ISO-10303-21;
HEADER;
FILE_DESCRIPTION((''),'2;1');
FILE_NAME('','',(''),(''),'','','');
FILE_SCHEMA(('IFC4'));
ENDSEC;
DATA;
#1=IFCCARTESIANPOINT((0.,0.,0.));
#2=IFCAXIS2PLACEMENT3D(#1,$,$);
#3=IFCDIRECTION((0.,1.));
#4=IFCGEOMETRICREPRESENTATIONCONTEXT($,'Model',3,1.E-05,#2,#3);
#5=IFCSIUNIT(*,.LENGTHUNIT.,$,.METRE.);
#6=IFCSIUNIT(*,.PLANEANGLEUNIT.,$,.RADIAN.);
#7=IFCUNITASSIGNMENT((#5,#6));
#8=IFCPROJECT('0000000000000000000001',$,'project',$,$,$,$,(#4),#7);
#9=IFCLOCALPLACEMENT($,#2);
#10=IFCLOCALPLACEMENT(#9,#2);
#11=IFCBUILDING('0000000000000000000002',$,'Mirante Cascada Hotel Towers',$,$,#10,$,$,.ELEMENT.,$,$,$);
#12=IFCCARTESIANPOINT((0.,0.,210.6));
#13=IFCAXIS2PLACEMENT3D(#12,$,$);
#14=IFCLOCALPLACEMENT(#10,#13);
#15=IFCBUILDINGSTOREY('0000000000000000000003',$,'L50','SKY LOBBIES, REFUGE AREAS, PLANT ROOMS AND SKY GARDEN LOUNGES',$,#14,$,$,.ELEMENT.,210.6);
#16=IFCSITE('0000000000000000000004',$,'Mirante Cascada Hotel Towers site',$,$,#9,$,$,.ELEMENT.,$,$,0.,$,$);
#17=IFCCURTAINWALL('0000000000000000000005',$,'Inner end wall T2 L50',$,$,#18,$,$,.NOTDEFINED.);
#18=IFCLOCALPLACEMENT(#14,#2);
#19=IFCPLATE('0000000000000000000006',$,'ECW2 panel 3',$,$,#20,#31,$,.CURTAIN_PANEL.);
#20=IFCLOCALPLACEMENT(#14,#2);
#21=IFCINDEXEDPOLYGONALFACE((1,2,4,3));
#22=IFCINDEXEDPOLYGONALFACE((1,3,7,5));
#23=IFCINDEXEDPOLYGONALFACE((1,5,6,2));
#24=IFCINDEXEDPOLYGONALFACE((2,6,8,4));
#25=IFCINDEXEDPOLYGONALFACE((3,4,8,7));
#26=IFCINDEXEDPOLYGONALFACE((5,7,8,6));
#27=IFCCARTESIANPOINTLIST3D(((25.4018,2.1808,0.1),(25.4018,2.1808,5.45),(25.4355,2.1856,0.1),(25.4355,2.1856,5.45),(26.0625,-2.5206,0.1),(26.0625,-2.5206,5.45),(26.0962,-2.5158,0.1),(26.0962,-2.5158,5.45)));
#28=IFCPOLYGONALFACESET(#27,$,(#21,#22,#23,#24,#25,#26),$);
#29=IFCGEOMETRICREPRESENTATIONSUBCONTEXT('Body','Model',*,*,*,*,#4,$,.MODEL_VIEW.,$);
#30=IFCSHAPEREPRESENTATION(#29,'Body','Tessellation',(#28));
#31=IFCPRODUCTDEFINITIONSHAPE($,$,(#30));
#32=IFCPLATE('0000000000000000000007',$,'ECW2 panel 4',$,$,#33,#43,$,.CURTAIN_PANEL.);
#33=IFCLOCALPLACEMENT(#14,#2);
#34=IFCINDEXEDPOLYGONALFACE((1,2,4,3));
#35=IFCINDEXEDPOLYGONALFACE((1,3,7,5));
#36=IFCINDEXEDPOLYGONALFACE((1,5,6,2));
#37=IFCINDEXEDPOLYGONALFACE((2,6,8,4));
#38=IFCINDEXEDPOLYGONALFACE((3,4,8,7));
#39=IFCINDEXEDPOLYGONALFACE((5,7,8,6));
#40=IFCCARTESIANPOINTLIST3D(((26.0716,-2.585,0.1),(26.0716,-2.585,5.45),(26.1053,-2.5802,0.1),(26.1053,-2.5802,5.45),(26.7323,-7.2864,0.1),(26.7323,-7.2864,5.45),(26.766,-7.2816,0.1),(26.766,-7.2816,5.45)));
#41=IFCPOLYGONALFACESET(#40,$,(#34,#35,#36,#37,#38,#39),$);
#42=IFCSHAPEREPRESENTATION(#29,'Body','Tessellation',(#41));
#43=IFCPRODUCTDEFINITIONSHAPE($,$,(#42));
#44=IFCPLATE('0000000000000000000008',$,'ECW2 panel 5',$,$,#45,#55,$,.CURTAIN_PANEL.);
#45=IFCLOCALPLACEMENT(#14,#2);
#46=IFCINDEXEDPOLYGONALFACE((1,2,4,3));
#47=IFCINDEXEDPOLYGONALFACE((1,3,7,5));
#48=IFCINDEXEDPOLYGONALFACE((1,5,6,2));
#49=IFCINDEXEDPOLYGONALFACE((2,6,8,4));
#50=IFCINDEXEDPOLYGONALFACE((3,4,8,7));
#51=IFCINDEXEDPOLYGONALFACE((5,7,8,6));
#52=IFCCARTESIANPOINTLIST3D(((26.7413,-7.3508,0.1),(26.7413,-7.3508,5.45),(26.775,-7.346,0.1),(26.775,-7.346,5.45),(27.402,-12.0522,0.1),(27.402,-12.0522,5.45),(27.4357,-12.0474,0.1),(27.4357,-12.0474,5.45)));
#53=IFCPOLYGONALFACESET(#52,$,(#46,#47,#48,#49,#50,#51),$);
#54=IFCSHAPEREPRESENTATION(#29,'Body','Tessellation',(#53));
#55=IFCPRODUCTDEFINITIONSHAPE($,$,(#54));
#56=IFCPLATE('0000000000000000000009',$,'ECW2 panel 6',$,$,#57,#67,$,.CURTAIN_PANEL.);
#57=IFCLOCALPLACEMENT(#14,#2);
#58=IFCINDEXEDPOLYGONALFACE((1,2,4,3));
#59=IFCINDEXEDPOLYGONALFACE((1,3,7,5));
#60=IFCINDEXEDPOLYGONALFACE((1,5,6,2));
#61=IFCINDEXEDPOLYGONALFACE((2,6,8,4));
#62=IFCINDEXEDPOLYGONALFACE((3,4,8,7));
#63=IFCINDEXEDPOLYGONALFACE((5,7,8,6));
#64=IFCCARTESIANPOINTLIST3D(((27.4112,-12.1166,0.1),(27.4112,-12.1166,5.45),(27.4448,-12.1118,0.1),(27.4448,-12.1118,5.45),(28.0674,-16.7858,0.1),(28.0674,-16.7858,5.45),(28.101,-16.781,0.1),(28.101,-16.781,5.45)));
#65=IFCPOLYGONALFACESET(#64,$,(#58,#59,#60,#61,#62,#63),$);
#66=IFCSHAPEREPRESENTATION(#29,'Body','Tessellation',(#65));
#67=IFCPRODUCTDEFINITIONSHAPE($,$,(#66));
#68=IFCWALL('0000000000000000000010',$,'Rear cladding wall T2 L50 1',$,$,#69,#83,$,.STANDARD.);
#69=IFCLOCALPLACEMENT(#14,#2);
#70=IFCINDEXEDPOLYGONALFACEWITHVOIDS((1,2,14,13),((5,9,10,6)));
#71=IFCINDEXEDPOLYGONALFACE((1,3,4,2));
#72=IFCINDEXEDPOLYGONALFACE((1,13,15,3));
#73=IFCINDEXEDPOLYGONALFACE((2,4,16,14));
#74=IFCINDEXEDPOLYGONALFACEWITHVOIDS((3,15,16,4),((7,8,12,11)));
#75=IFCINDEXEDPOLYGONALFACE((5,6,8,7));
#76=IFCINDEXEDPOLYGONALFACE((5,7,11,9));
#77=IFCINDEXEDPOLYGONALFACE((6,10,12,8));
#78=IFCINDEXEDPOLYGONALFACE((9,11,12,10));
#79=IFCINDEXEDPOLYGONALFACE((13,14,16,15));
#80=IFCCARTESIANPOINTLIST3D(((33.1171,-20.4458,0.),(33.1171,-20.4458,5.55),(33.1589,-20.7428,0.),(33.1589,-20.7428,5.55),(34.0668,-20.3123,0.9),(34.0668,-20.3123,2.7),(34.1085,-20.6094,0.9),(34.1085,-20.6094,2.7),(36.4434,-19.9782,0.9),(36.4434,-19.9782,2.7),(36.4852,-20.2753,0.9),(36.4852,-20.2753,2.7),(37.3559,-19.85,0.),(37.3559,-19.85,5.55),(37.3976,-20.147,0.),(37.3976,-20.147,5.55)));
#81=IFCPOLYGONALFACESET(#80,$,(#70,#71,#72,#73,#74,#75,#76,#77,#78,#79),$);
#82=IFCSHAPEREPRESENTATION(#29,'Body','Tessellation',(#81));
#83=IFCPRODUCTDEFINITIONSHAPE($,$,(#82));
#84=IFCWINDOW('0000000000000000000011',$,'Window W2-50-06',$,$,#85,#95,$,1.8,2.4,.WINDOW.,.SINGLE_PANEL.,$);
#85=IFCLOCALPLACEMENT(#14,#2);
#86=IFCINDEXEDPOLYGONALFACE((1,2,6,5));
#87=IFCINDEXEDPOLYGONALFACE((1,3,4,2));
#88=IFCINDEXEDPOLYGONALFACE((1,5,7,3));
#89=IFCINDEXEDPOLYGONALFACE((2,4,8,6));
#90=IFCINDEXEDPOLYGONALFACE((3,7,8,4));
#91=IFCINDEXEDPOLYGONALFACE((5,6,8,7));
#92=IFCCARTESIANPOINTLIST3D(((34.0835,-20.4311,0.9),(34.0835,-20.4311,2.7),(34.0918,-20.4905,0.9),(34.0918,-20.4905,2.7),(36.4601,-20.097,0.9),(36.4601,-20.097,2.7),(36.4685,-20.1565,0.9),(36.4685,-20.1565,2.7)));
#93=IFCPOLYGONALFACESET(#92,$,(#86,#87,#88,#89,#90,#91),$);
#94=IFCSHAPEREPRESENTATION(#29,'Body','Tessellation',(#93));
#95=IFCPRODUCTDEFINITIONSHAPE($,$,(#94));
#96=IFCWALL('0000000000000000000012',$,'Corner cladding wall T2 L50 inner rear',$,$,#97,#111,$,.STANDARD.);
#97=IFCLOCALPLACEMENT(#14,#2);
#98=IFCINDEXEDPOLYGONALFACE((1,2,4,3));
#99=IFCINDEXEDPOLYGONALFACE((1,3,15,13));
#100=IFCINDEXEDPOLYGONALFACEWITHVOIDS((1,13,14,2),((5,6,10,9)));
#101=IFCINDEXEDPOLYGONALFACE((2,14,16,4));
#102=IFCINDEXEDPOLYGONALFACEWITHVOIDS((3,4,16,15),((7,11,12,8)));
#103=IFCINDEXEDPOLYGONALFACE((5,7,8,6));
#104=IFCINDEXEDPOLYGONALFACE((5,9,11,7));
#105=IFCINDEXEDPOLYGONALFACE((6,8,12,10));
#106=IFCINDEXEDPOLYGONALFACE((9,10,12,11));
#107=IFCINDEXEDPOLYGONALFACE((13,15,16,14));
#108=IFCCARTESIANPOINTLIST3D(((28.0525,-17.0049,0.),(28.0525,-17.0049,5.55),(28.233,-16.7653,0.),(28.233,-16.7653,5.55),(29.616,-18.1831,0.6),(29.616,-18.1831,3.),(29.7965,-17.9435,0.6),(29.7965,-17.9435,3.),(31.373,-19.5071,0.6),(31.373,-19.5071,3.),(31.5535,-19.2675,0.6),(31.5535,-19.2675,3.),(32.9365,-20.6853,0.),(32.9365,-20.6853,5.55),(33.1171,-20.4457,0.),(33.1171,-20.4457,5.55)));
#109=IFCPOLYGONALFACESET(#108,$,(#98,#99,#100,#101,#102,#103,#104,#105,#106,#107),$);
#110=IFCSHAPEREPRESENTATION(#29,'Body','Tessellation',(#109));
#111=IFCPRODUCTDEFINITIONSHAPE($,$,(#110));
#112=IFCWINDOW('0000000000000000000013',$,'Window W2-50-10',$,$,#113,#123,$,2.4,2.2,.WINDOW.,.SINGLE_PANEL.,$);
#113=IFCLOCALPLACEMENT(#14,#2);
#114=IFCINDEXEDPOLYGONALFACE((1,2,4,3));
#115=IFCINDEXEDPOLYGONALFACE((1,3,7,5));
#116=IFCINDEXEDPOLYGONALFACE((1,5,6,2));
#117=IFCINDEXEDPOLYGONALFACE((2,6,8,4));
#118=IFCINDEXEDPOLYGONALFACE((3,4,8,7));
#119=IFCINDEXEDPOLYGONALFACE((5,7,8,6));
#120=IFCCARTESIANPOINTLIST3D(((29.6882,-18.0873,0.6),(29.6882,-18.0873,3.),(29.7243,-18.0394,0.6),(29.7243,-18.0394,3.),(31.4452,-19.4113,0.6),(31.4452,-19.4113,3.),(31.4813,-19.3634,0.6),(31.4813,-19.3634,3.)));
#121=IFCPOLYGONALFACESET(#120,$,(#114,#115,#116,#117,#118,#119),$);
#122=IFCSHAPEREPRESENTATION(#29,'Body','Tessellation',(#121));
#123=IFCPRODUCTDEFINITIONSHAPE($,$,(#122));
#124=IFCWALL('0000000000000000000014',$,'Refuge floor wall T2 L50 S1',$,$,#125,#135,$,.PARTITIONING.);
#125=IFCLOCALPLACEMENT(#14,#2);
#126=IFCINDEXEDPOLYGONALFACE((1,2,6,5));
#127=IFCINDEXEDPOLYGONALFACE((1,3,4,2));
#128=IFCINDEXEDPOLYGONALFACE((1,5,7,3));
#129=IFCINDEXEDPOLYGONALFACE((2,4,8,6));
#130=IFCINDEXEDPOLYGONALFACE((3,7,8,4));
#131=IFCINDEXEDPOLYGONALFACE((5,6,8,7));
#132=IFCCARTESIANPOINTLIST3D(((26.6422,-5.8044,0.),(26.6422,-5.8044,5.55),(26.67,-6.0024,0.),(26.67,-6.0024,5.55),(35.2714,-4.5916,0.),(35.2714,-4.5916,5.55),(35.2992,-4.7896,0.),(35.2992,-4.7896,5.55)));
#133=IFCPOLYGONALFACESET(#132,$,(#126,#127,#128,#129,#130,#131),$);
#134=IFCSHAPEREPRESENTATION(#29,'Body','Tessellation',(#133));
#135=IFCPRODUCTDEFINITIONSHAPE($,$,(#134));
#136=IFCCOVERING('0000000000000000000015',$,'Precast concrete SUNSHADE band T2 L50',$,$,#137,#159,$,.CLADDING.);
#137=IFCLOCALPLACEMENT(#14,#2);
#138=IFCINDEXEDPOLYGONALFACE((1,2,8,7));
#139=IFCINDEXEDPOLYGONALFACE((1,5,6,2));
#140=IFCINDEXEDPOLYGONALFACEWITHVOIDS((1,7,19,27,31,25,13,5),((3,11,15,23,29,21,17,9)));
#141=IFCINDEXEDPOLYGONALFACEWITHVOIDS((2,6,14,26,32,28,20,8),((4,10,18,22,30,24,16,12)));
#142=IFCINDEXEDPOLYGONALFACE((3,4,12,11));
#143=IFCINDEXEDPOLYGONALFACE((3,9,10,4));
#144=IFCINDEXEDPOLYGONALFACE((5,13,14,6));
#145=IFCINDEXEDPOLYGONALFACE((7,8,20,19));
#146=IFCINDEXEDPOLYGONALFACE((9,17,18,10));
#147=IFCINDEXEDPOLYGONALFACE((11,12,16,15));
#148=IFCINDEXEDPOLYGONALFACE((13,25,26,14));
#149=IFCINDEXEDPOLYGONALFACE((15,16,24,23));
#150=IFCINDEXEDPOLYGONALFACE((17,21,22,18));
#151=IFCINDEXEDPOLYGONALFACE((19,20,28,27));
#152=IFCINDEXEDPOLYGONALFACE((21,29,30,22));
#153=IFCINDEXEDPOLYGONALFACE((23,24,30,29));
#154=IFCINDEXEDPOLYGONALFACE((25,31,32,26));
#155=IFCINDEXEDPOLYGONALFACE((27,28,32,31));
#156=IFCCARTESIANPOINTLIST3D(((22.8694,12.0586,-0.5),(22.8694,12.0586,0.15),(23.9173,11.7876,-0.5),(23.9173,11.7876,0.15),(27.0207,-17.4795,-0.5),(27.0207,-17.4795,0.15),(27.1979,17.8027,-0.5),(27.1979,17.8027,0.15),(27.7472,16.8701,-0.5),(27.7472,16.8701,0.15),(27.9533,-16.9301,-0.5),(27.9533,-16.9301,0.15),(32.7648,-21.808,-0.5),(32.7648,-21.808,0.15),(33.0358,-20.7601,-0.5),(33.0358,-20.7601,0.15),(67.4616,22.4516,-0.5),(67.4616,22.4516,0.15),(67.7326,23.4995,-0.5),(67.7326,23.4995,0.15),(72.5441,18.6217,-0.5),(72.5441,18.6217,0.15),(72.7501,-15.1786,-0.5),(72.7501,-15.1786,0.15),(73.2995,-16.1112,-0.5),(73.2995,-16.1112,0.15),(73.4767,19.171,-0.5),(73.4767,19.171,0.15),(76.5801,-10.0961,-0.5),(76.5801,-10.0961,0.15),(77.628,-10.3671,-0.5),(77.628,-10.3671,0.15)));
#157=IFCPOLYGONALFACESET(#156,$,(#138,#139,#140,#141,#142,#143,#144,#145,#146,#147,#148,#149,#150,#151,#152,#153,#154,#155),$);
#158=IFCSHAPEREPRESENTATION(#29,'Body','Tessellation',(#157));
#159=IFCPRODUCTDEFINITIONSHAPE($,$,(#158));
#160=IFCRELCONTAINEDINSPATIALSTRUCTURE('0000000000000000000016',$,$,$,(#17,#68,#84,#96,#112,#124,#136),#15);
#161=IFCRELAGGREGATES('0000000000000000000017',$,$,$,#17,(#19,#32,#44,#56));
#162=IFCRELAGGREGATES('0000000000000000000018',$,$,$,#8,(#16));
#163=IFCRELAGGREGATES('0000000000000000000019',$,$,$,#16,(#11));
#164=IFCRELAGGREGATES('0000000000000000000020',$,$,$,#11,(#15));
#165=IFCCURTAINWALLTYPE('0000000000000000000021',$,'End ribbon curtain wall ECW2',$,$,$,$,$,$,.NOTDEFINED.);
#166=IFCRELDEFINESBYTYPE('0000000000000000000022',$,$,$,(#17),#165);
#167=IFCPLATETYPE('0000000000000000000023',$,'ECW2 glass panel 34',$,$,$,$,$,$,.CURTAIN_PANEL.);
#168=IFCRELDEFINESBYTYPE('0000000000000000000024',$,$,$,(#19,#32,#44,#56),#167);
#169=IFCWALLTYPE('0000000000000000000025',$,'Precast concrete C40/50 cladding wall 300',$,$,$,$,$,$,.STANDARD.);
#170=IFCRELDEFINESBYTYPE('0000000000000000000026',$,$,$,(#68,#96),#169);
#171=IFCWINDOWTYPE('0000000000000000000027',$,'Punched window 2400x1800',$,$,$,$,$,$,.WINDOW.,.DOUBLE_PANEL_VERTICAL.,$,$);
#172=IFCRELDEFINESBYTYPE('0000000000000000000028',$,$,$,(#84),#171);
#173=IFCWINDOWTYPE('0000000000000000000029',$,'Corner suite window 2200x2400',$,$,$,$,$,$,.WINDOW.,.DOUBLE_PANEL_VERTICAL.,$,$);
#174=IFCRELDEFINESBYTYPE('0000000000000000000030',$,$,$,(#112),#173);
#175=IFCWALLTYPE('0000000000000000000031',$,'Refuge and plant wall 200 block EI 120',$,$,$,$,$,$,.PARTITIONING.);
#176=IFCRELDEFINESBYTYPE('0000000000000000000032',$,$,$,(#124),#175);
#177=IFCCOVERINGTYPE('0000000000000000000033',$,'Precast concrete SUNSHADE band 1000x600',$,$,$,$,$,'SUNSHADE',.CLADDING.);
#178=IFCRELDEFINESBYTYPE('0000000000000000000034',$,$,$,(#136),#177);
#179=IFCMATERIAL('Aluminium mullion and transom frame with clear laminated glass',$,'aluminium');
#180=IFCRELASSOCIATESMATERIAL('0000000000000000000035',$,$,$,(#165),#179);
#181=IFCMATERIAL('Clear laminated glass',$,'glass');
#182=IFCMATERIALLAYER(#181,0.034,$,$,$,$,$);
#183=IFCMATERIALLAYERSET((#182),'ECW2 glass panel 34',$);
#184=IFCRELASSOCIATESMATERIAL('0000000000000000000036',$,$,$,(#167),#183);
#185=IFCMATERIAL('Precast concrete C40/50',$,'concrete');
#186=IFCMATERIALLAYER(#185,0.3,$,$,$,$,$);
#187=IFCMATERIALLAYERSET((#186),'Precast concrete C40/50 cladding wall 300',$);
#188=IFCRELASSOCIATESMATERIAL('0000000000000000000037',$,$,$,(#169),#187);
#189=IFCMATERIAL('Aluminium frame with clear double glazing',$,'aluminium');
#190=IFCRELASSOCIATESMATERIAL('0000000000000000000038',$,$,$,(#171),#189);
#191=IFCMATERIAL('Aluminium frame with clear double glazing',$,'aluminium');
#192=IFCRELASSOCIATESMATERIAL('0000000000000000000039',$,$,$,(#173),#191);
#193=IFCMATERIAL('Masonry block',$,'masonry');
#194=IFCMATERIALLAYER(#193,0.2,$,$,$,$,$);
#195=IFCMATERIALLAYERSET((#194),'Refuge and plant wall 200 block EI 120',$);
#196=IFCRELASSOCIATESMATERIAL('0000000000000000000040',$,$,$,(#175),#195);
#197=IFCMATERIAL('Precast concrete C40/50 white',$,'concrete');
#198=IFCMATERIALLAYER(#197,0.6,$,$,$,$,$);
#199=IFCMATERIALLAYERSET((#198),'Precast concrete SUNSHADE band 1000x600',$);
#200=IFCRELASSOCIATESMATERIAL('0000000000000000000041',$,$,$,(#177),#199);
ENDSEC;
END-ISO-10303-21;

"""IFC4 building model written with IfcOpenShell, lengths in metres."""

from ifc_helpers import new_model, si_unit, direction, frame, frame_2d, origin, origin_2d, place, context, subcontext, project, spatial, polyline, rectangle, outline, extrude, material, layer, layer_set, type_object, element, fill, aggregate, save


model = new_model("IFC4")

# Units and contexts
model_context = context("Model", 3, precision=1e-05, world=origin(), true_north=direction((0.0, 1.0)))
body_context = subcontext(model_context, "Body", "Model", "MODEL_VIEW")
ifc_project = project(units=[si_unit("LENGTHUNIT", "METRE"), si_unit("PLANEANGLEUNIT", "RADIAN")], contexts=[model_context])

# Site, building, storey
site_placement = place(None, origin())
site = spatial("IfcSite", under=ifc_project, at=site_placement, Name="Mirante Cascada Hotel Towers site", CompositionType="ELEMENT", RefElevation=0.0)
building_placement = place(site_placement, origin())
building = spatial("IfcBuilding", under=site, at=building_placement, Name="Mirante Cascada Hotel Towers", CompositionType="ELEMENT")
storey_placement = place(building_placement, frame((0.0, 0.0, 210.6)))
storey = spatial("IfcBuildingStorey", under=building, at=storey_placement, Name="L50", Description="SKY LOBBIES, REFUGE AREAS, PLANT ROOMS AND SKY GARDEN LOUNGES", CompositionType="ELEMENT", Elevation=210.6)

# Curtain wall, plates
ifc_material_1 = material(Name="Aluminium mullion and transom frame with clear laminated glass", Category="aluminium")
curtain_wall_type = type_object("IfcCurtainWallType", Name="End ribbon curtain wall ECW2", PredefinedType="NOTDEFINED", material=ifc_material_1)
curtain_wall_placement = place(storey_placement, origin())
curtain_wall = element("IfcCurtainWall", 1, at=curtain_wall_placement, inside=storey, type_object=curtain_wall_type, Name="Inner end wall T2 L50", PredefinedType="NOTDEFINED")
ifc_material_2 = material(Name="Clear laminated glass", Category="glass")
ifc_layer_1 = layer(ifc_material_2, 0.034)
ifc_layer_set_1 = layer_set([ifc_layer_1], Name="ECW2 glass panel 34")
plate_type = type_object("IfcPlateType", Name="ECW2 glass panel 34", PredefinedType="CURTAIN_PANEL", material=ifc_layer_set_1)
plate_1_placement = place(storey_placement, frame((25.749, -0.1675, 0.1), z_axis=(0.0, 0.0, 1.0), x_axis=(0.139173, -0.990268, 0.0)))
plate_1 = element("IfcPlate", 2, at=plate_1_placement, type_object=plate_type, Name="ECW2 panel 3", PredefinedType="CURTAIN_PANEL", context=body_context, shape_type="SweptSolid", body=[
    extrude(rectangle(XDim=4.7476, YDim=0.034, at=origin_2d()), origin(), (0.0, 0.0, 1.0), 5.35),
])
plate_2_placement = place(storey_placement, frame((26.4188, -4.9333, 0.1), z_axis=(0.0, 0.0, 1.0), x_axis=(0.139173, -0.990268, 0.0)))
plate_2 = element("IfcPlate", 3, at=plate_2_placement, type_object=plate_type, Name="ECW2 panel 4", PredefinedType="CURTAIN_PANEL", context=body_context, shape_type="SweptSolid", body=[
    extrude(rectangle(XDim=4.7476, YDim=0.034, at=origin_2d()), origin(), (0.0, 0.0, 1.0), 5.35),
])
plate_3_placement = place(storey_placement, frame((27.0885, -9.6991, 0.1), z_axis=(0.0, 0.0, 1.0), x_axis=(0.139173, -0.990268, 0.0)))
plate_3 = element("IfcPlate", 4, at=plate_3_placement, type_object=plate_type, Name="ECW2 panel 5", PredefinedType="CURTAIN_PANEL", context=body_context, shape_type="SweptSolid", body=[
    extrude(rectangle(XDim=4.7476, YDim=0.034, at=origin_2d()), origin(), (0.0, 0.0, 1.0), 5.35),
])
plate_4_placement = place(storey_placement, frame((27.7561, -14.4488, 0.1), z_axis=(0.0, 0.0, 1.0), x_axis=(0.139173, -0.990268, 0.0)))
plate_4 = element("IfcPlate", 5, at=plate_4_placement, type_object=plate_type, Name="ECW2 panel 6", PredefinedType="CURTAIN_PANEL", context=body_context, shape_type="SweptSolid", body=[
    extrude(rectangle(XDim=4.7151, YDim=0.034, at=origin_2d()), origin(), (0.0, 0.0, 1.0), 5.35),
])
aggregate(curtain_wall, [plate_1, plate_2, plate_3, plate_4])

# Walls, openings, windows
ifc_material_3 = material(Name="Precast concrete C40/50", Category="concrete")
ifc_layer_2 = layer(ifc_material_3, 0.3)
ifc_layer_set_2 = layer_set([ifc_layer_2], Name="Precast concrete C40/50 cladding wall 300")
wall_type_1 = type_object("IfcWallType", Name="Precast concrete C40/50 cladding wall 300", PredefinedType="STANDARD", material=ifc_layer_set_2)
wall_1_placement = place(storey_placement, frame((33.138, -20.5943, 0.0), z_axis=(0.0, 0.0, 1.0), x_axis=(0.990265, 0.139194, 0.0)))
wall_1 = element("IfcWall", 6, at=wall_1_placement, inside=storey, type_object=wall_type_1, Name="Rear cladding wall T2 L50 1", PredefinedType="STANDARD", context=body_context, shape_type="SweptSolid", body=[
    extrude(rectangle(XDim=4.2804, YDim=0.3, at=frame_2d((2.1402, 0.0))), origin(), (0.0, 0.0, 1.0), 5.55),
])
opening_1_placement = place(wall_1_placement, frame((0.959, 0.0, 0.9)))
opening_1 = element("IfcOpeningElement", 7, at=opening_1_placement, cuts=wall_1, PredefinedType="OPENING", context=body_context, shape_type="SweptSolid", body=[
    extrude(rectangle(XDim=2.4, YDim=1.8, at=frame_2d((1.2, 0.9))), frame((0.0, 0.15, 0.0), z_axis=(0.0, -1.0, 0.0), x_axis=(1.0, 0.0, 0.0)), (0.0, 0.0, 1.0), 0.3),
])
ifc_material_4 = material(Name="Aluminium frame with clear double glazing", Category="aluminium")
window_type_1 = type_object("IfcWindowType", Name="Punched window 2400x1800", PartitioningType="DOUBLE_PANEL_VERTICAL", PredefinedType="WINDOW", material=ifc_material_4)
window_1_placement = place(opening_1_placement, origin())
window_1 = element("IfcWindow", 8, at=window_1_placement, inside=storey, type_object=window_type_1, Name="Window W2-50-06", OverallHeight=1.8, OverallWidth=2.4, PartitioningType="SINGLE_PANEL", PredefinedType="WINDOW", context=body_context, shape_type="SweptSolid", body=[
    extrude(rectangle(XDim=2.4, YDim=1.8, at=frame_2d((1.2, 0.9))), frame((0.0, 0.03, 0.0), z_axis=(0.0, -1.0, 0.0), x_axis=(1.0, 0.0, 0.0)), (0.0, 0.0, 1.0), 0.06),
])
fill(opening_1, window_1)
wall_2_placement = place(storey_placement, frame((28.1427, -16.8851, 0.0), z_axis=(0.0, 0.0, 1.0), x_axis=(0.798638, -0.601812, 0.0)))
wall_2 = element("IfcWall", 9, at=wall_2_placement, inside=storey, type_object=wall_type_1, Name="Corner cladding wall T2 L50 inner rear", PredefinedType="STANDARD", context=body_context, shape_type="SweptSolid", body=[
    extrude(rectangle(XDim=6.1155, YDim=0.3, at=frame_2d((3.0578, 0.0))), origin(), (0.0, 0.0, 1.0), 5.55),
])
opening_2_placement = place(wall_2_placement, frame((1.9578, 0.0, 0.6)))
opening_2 = element("IfcOpeningElement", 10, at=opening_2_placement, cuts=wall_2, PredefinedType="OPENING", context=body_context, shape_type="SweptSolid", body=[
    extrude(rectangle(XDim=2.2, YDim=2.4, at=frame_2d((1.1, 1.2))), frame((0.0, 0.15, 0.0), z_axis=(0.0, -1.0, 0.0), x_axis=(1.0, 0.0, 0.0)), (0.0, 0.0, 1.0), 0.3),
])
ifc_material_5 = material(Name="Aluminium frame with clear double glazing", Category="aluminium")
window_type_2 = type_object("IfcWindowType", Name="Corner suite window 2200x2400", PartitioningType="DOUBLE_PANEL_VERTICAL", PredefinedType="WINDOW", material=ifc_material_5)
window_2_placement = place(opening_2_placement, origin())
window_2 = element("IfcWindow", 11, at=window_2_placement, inside=storey, type_object=window_type_2, Name="Window W2-50-10", OverallHeight=2.4, OverallWidth=2.2, PartitioningType="SINGLE_PANEL", PredefinedType="WINDOW", context=body_context, shape_type="SweptSolid", body=[
    extrude(rectangle(XDim=2.2, YDim=2.4, at=frame_2d((1.1, 1.2))), frame((0.0, 0.03, 0.0), z_axis=(0.0, -1.0, 0.0), x_axis=(1.0, 0.0, 0.0)), (0.0, 0.0, 1.0), 0.06),
])
fill(opening_2, window_2)

# Wall
ifc_material_6 = material(Name="Masonry block", Category="masonry")
ifc_layer_3 = layer(ifc_material_6, 0.2)
ifc_layer_set_3 = layer_set([ifc_layer_3], Name="Refuge and plant wall 200 block EI 120")
wall_type_2 = type_object("IfcWallType", Name="Refuge and plant wall 200 block EI 120", PredefinedType="PARTITIONING", material=ifc_layer_set_3)
wall_3_placement = place(storey_placement, frame((26.6561, -5.9034, 0.0), z_axis=(0.0, 0.0, 1.0), x_axis=(0.990267, 0.139178, 0.0)))
element("IfcWall", 12, at=wall_3_placement, inside=storey, type_object=wall_type_2, Name="Refuge floor wall T2 L50 S1", PredefinedType="PARTITIONING", context=body_context, shape_type="SweptSolid", body=[
    extrude(rectangle(XDim=8.714, YDim=0.2, at=frame_2d((4.357, 0.0))), origin(), (0.0, 0.0, 1.0), 5.55),
])

# Covering
ifc_material_7 = material(Name="Precast concrete C40/50 white", Category="concrete")
ifc_layer_4 = layer(ifc_material_7, 0.6)
ifc_layer_set_4 = layer_set([ifc_layer_4], Name="Precast concrete SUNSHADE band 1000x600")
covering_type = type_object("IfcCoveringType", Name="Precast concrete SUNSHADE band 1000x600", ElementType="SUNSHADE", PredefinedType="CLADDING", material=ifc_layer_set_4)
covering_placement = place(storey_placement, frame((0.0, 0.0, -0.5)))
element("IfcCovering", 13, at=covering_placement, inside=storey, type_object=covering_type, Name="Precast concrete SUNSHADE band T2 L50", PredefinedType="CLADDING", context=body_context, shape_type="SweptSolid", body=[
    extrude(outline(polyline([(22.8694, 12.0586), (27.1979, 17.8027), (67.7326, 23.4995), (73.4767, 19.171), (77.628, -10.3671), (73.2995, -16.1112), (32.7648, -21.808), (27.0207, -17.4795), (22.8694, 12.0586)]), holes=[polyline([(76.5801, -10.0961), (72.5441, 18.6217), (67.4616, 22.4516), (27.7472, 16.8701), (23.9173, 11.7876), (27.9533, -16.9301), (33.0358, -20.7601), (72.7501, -15.1786), (76.5801, -10.0961)])]), origin(), (0.0, 0.0, 1.0), 0.65),
])

save(model, "model.ifc")
